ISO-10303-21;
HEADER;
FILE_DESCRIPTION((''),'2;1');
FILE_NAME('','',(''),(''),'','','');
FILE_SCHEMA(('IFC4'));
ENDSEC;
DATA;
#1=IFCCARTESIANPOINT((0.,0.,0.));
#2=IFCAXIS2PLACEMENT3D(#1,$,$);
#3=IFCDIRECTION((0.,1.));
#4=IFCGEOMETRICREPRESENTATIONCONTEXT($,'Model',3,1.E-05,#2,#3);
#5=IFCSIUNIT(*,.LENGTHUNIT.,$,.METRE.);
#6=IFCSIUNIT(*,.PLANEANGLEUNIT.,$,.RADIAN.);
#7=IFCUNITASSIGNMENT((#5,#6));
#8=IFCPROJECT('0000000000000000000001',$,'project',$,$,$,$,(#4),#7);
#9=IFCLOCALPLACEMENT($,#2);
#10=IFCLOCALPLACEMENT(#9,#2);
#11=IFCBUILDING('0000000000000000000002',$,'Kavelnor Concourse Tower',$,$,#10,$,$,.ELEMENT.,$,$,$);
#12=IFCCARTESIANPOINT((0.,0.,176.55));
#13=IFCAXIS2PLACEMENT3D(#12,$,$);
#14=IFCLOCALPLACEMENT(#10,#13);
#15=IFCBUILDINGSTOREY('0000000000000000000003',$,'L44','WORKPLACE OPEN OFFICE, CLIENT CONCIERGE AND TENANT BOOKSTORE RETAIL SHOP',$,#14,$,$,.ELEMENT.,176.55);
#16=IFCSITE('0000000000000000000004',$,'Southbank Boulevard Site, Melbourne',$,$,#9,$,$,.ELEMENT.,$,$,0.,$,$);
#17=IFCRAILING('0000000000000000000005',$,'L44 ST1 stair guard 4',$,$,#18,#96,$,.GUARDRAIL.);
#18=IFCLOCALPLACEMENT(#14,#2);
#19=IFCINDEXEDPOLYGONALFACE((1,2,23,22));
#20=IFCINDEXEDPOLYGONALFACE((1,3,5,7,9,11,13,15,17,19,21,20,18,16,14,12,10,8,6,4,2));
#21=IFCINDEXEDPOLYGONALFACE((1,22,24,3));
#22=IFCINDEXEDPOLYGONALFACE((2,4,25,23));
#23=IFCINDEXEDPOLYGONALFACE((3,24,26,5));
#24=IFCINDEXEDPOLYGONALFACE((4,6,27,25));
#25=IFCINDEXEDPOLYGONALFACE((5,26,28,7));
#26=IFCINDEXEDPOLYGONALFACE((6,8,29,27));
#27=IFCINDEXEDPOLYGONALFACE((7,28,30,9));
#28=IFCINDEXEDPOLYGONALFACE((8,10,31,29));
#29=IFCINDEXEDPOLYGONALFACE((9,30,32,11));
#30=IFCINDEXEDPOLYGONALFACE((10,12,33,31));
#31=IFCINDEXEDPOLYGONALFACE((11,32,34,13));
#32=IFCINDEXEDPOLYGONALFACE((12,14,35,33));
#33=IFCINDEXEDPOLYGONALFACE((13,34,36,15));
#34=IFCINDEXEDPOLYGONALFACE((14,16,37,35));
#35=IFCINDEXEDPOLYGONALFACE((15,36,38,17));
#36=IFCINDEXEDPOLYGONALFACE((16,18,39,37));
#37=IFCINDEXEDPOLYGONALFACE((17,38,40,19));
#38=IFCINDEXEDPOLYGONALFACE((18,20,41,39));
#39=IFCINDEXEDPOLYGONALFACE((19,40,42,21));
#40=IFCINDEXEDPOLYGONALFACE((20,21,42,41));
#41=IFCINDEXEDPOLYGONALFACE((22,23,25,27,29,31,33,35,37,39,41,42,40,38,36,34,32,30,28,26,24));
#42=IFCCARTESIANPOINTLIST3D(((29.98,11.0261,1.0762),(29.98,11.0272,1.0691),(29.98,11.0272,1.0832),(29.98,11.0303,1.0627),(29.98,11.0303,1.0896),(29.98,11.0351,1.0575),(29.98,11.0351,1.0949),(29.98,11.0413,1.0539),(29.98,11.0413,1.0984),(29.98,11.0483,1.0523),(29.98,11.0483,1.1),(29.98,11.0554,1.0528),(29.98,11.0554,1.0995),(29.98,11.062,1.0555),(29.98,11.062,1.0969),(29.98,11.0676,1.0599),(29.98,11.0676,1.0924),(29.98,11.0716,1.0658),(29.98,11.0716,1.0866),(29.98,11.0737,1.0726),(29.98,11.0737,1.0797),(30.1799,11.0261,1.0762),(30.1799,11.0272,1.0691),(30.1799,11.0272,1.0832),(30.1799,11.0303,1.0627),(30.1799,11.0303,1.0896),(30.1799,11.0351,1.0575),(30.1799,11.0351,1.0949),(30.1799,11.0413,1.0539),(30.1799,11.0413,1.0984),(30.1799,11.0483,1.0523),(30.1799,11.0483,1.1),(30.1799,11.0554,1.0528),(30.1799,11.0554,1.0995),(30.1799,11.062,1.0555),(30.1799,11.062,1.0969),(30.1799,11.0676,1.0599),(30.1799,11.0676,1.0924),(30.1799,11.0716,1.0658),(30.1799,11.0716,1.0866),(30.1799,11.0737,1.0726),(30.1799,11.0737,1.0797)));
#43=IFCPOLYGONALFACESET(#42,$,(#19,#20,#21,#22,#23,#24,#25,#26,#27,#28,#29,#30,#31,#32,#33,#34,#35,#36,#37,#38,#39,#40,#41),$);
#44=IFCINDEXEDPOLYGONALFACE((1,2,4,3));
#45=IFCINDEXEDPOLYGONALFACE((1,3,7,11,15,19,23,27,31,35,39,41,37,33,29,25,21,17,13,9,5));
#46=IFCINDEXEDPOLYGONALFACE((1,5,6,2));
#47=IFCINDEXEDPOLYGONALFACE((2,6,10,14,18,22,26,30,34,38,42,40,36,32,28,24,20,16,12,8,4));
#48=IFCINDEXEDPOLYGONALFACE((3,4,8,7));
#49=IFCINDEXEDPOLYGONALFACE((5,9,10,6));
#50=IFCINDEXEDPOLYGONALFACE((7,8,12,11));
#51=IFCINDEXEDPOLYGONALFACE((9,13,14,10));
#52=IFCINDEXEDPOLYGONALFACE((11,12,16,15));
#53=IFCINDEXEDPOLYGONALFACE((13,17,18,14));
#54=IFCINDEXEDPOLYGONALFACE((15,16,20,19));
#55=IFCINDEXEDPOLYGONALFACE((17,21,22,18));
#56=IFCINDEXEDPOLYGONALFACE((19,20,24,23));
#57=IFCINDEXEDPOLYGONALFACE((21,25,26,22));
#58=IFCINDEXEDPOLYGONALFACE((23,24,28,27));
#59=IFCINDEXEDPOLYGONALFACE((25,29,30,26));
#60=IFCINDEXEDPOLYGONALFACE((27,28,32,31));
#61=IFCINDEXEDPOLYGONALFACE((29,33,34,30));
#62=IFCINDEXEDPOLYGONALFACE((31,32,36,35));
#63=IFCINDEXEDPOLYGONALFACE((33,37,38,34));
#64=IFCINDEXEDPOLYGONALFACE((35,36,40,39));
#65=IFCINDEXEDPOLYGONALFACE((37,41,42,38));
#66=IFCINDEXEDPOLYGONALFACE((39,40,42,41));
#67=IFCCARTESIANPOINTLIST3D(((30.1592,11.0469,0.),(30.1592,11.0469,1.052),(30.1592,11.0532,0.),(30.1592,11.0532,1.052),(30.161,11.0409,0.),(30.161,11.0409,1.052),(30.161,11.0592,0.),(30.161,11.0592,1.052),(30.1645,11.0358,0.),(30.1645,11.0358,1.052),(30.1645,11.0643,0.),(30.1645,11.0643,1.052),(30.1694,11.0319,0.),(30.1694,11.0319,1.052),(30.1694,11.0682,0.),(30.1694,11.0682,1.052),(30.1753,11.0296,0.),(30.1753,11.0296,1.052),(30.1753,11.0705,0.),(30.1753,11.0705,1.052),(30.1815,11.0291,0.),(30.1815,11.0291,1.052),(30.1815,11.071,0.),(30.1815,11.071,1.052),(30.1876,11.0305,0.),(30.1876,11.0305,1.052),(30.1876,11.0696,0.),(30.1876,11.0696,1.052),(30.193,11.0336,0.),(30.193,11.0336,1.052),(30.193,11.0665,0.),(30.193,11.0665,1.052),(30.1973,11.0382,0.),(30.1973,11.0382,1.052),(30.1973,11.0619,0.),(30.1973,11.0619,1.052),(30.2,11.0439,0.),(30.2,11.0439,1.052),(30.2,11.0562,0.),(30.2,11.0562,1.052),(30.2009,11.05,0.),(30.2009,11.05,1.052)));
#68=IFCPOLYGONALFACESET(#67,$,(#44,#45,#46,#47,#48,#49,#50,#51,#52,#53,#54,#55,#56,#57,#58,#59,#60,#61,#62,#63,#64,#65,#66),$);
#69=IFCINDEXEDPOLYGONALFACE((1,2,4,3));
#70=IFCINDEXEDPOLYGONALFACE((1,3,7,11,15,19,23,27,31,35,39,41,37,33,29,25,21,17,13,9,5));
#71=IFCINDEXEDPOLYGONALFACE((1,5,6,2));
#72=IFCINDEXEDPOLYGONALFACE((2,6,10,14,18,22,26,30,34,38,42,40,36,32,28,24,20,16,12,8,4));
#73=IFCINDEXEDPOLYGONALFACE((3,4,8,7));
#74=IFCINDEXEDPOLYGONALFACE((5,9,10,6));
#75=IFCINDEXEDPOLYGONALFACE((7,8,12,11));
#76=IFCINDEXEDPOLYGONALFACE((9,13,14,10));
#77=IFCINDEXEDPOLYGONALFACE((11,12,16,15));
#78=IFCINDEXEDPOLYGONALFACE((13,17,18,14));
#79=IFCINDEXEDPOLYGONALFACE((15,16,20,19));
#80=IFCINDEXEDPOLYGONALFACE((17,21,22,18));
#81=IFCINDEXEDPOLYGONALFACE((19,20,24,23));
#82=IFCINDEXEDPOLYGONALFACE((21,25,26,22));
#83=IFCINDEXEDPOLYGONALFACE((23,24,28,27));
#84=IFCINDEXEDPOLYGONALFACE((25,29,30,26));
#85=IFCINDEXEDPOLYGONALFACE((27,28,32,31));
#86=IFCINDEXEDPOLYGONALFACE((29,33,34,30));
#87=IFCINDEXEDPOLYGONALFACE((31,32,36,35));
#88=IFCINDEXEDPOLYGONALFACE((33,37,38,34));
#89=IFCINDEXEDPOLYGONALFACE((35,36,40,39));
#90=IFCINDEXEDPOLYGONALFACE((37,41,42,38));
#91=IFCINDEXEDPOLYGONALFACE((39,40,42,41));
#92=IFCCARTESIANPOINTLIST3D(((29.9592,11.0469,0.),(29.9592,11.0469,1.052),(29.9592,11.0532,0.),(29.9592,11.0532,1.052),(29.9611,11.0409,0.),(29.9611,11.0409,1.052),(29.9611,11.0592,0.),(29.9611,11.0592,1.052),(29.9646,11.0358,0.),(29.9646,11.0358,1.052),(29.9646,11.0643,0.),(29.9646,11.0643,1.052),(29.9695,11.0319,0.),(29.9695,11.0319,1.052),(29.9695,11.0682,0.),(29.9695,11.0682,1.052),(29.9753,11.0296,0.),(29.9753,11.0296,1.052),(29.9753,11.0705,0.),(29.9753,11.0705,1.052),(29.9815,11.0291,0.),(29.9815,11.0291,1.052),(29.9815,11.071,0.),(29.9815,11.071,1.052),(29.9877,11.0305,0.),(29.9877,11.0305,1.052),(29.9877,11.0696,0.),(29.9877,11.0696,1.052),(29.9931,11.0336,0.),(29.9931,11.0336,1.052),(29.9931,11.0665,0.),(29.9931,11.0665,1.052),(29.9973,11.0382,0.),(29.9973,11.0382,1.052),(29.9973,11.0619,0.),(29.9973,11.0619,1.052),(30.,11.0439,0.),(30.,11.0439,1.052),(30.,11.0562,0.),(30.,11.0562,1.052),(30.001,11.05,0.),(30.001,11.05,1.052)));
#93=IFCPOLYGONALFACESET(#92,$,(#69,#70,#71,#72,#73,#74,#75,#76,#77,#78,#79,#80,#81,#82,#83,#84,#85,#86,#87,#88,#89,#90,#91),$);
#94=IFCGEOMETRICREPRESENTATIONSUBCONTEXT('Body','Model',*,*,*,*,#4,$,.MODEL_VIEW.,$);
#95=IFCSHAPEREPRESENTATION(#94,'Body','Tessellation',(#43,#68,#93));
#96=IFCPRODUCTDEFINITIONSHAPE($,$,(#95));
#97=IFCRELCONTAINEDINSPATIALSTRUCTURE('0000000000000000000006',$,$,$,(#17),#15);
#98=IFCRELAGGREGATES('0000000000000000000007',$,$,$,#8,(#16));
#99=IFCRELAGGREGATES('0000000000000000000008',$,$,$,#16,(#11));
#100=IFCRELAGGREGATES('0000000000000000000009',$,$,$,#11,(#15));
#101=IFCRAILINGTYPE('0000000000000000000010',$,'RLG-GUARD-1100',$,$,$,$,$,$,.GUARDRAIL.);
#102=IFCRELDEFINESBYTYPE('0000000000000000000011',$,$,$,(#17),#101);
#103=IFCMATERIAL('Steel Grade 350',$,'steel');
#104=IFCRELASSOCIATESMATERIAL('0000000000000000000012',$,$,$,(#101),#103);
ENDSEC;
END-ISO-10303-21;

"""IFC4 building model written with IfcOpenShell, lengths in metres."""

from ifc_helpers import new_model, si_unit, direction, frame, origin, origin_2d, place, context, subcontext, project, spatial, circle, extrude, material, type_object, element, save


model = new_model("IFC4")

# Units and contexts
model_context = context("Model", 3, precision=1e-05, world=origin(), true_north=direction((0.0, 1.0)))
body_context = subcontext(model_context, "Body", "Model", "MODEL_VIEW")
ifc_project = project(units=[si_unit("LENGTHUNIT", "METRE"), si_unit("PLANEANGLEUNIT", "RADIAN")], contexts=[model_context])

# Site, building, storey
site_placement = place(None, origin())
site = spatial("IfcSite", under=ifc_project, at=site_placement, Name="Southbank Boulevard Site, Melbourne", CompositionType="ELEMENT", RefElevation=0.0)
building_placement = place(site_placement, origin())
building = spatial("IfcBuilding", under=site, at=building_placement, Name="Kavelnor Concourse Tower", CompositionType="ELEMENT")
storey_placement = place(building_placement, frame((0.0, 0.0, 176.55)))
storey = spatial("IfcBuildingStorey", under=building, at=storey_placement, Name="L44", Description="WORKPLACE OPEN OFFICE, CLIENT CONCIERGE AND TENANT BOOKSTORE RETAIL SHOP", CompositionType="ELEMENT", Elevation=176.55)

# Shared definitions
ifc_material_1 = material(Name="Steel Grade 350", Category="steel")

# Railing
railing_type_1 = type_object("IfcRailingType", Name="RLG-GUARD-1100", PredefinedType="GUARDRAIL", material=ifc_material_1)
railing_1_placement = place(storey_placement, frame((30.1799, 11.05, 0.0)))
element("IfcRailing", 1, at=railing_1_placement, inside=storey, type_object=railing_type_1, Name="L44 ST1 stair guard 4", PredefinedType="GUARDRAIL", context=body_context, shape_type="SweptSolid", body=[
    extrude(circle(Radius=0.0239, at=origin_2d()), frame((0.0, 0.0, 1.0762), z_axis=(-1.0, 0.0, 0.0), x_axis=(0.0, -1.0, 0.0)), (0.0, 0.0, 1.0), 0.2),
    extrude(circle(Radius=0.021, at=origin_2d()), origin(), (0.0, 0.0, 1.0), 1.052),
    extrude(circle(Radius=0.021, at=origin_2d()), frame((-0.2, 0.0, 0.0)), (0.0, 0.0, 1.0), 1.052),
])

save(model, "model.ifc")
